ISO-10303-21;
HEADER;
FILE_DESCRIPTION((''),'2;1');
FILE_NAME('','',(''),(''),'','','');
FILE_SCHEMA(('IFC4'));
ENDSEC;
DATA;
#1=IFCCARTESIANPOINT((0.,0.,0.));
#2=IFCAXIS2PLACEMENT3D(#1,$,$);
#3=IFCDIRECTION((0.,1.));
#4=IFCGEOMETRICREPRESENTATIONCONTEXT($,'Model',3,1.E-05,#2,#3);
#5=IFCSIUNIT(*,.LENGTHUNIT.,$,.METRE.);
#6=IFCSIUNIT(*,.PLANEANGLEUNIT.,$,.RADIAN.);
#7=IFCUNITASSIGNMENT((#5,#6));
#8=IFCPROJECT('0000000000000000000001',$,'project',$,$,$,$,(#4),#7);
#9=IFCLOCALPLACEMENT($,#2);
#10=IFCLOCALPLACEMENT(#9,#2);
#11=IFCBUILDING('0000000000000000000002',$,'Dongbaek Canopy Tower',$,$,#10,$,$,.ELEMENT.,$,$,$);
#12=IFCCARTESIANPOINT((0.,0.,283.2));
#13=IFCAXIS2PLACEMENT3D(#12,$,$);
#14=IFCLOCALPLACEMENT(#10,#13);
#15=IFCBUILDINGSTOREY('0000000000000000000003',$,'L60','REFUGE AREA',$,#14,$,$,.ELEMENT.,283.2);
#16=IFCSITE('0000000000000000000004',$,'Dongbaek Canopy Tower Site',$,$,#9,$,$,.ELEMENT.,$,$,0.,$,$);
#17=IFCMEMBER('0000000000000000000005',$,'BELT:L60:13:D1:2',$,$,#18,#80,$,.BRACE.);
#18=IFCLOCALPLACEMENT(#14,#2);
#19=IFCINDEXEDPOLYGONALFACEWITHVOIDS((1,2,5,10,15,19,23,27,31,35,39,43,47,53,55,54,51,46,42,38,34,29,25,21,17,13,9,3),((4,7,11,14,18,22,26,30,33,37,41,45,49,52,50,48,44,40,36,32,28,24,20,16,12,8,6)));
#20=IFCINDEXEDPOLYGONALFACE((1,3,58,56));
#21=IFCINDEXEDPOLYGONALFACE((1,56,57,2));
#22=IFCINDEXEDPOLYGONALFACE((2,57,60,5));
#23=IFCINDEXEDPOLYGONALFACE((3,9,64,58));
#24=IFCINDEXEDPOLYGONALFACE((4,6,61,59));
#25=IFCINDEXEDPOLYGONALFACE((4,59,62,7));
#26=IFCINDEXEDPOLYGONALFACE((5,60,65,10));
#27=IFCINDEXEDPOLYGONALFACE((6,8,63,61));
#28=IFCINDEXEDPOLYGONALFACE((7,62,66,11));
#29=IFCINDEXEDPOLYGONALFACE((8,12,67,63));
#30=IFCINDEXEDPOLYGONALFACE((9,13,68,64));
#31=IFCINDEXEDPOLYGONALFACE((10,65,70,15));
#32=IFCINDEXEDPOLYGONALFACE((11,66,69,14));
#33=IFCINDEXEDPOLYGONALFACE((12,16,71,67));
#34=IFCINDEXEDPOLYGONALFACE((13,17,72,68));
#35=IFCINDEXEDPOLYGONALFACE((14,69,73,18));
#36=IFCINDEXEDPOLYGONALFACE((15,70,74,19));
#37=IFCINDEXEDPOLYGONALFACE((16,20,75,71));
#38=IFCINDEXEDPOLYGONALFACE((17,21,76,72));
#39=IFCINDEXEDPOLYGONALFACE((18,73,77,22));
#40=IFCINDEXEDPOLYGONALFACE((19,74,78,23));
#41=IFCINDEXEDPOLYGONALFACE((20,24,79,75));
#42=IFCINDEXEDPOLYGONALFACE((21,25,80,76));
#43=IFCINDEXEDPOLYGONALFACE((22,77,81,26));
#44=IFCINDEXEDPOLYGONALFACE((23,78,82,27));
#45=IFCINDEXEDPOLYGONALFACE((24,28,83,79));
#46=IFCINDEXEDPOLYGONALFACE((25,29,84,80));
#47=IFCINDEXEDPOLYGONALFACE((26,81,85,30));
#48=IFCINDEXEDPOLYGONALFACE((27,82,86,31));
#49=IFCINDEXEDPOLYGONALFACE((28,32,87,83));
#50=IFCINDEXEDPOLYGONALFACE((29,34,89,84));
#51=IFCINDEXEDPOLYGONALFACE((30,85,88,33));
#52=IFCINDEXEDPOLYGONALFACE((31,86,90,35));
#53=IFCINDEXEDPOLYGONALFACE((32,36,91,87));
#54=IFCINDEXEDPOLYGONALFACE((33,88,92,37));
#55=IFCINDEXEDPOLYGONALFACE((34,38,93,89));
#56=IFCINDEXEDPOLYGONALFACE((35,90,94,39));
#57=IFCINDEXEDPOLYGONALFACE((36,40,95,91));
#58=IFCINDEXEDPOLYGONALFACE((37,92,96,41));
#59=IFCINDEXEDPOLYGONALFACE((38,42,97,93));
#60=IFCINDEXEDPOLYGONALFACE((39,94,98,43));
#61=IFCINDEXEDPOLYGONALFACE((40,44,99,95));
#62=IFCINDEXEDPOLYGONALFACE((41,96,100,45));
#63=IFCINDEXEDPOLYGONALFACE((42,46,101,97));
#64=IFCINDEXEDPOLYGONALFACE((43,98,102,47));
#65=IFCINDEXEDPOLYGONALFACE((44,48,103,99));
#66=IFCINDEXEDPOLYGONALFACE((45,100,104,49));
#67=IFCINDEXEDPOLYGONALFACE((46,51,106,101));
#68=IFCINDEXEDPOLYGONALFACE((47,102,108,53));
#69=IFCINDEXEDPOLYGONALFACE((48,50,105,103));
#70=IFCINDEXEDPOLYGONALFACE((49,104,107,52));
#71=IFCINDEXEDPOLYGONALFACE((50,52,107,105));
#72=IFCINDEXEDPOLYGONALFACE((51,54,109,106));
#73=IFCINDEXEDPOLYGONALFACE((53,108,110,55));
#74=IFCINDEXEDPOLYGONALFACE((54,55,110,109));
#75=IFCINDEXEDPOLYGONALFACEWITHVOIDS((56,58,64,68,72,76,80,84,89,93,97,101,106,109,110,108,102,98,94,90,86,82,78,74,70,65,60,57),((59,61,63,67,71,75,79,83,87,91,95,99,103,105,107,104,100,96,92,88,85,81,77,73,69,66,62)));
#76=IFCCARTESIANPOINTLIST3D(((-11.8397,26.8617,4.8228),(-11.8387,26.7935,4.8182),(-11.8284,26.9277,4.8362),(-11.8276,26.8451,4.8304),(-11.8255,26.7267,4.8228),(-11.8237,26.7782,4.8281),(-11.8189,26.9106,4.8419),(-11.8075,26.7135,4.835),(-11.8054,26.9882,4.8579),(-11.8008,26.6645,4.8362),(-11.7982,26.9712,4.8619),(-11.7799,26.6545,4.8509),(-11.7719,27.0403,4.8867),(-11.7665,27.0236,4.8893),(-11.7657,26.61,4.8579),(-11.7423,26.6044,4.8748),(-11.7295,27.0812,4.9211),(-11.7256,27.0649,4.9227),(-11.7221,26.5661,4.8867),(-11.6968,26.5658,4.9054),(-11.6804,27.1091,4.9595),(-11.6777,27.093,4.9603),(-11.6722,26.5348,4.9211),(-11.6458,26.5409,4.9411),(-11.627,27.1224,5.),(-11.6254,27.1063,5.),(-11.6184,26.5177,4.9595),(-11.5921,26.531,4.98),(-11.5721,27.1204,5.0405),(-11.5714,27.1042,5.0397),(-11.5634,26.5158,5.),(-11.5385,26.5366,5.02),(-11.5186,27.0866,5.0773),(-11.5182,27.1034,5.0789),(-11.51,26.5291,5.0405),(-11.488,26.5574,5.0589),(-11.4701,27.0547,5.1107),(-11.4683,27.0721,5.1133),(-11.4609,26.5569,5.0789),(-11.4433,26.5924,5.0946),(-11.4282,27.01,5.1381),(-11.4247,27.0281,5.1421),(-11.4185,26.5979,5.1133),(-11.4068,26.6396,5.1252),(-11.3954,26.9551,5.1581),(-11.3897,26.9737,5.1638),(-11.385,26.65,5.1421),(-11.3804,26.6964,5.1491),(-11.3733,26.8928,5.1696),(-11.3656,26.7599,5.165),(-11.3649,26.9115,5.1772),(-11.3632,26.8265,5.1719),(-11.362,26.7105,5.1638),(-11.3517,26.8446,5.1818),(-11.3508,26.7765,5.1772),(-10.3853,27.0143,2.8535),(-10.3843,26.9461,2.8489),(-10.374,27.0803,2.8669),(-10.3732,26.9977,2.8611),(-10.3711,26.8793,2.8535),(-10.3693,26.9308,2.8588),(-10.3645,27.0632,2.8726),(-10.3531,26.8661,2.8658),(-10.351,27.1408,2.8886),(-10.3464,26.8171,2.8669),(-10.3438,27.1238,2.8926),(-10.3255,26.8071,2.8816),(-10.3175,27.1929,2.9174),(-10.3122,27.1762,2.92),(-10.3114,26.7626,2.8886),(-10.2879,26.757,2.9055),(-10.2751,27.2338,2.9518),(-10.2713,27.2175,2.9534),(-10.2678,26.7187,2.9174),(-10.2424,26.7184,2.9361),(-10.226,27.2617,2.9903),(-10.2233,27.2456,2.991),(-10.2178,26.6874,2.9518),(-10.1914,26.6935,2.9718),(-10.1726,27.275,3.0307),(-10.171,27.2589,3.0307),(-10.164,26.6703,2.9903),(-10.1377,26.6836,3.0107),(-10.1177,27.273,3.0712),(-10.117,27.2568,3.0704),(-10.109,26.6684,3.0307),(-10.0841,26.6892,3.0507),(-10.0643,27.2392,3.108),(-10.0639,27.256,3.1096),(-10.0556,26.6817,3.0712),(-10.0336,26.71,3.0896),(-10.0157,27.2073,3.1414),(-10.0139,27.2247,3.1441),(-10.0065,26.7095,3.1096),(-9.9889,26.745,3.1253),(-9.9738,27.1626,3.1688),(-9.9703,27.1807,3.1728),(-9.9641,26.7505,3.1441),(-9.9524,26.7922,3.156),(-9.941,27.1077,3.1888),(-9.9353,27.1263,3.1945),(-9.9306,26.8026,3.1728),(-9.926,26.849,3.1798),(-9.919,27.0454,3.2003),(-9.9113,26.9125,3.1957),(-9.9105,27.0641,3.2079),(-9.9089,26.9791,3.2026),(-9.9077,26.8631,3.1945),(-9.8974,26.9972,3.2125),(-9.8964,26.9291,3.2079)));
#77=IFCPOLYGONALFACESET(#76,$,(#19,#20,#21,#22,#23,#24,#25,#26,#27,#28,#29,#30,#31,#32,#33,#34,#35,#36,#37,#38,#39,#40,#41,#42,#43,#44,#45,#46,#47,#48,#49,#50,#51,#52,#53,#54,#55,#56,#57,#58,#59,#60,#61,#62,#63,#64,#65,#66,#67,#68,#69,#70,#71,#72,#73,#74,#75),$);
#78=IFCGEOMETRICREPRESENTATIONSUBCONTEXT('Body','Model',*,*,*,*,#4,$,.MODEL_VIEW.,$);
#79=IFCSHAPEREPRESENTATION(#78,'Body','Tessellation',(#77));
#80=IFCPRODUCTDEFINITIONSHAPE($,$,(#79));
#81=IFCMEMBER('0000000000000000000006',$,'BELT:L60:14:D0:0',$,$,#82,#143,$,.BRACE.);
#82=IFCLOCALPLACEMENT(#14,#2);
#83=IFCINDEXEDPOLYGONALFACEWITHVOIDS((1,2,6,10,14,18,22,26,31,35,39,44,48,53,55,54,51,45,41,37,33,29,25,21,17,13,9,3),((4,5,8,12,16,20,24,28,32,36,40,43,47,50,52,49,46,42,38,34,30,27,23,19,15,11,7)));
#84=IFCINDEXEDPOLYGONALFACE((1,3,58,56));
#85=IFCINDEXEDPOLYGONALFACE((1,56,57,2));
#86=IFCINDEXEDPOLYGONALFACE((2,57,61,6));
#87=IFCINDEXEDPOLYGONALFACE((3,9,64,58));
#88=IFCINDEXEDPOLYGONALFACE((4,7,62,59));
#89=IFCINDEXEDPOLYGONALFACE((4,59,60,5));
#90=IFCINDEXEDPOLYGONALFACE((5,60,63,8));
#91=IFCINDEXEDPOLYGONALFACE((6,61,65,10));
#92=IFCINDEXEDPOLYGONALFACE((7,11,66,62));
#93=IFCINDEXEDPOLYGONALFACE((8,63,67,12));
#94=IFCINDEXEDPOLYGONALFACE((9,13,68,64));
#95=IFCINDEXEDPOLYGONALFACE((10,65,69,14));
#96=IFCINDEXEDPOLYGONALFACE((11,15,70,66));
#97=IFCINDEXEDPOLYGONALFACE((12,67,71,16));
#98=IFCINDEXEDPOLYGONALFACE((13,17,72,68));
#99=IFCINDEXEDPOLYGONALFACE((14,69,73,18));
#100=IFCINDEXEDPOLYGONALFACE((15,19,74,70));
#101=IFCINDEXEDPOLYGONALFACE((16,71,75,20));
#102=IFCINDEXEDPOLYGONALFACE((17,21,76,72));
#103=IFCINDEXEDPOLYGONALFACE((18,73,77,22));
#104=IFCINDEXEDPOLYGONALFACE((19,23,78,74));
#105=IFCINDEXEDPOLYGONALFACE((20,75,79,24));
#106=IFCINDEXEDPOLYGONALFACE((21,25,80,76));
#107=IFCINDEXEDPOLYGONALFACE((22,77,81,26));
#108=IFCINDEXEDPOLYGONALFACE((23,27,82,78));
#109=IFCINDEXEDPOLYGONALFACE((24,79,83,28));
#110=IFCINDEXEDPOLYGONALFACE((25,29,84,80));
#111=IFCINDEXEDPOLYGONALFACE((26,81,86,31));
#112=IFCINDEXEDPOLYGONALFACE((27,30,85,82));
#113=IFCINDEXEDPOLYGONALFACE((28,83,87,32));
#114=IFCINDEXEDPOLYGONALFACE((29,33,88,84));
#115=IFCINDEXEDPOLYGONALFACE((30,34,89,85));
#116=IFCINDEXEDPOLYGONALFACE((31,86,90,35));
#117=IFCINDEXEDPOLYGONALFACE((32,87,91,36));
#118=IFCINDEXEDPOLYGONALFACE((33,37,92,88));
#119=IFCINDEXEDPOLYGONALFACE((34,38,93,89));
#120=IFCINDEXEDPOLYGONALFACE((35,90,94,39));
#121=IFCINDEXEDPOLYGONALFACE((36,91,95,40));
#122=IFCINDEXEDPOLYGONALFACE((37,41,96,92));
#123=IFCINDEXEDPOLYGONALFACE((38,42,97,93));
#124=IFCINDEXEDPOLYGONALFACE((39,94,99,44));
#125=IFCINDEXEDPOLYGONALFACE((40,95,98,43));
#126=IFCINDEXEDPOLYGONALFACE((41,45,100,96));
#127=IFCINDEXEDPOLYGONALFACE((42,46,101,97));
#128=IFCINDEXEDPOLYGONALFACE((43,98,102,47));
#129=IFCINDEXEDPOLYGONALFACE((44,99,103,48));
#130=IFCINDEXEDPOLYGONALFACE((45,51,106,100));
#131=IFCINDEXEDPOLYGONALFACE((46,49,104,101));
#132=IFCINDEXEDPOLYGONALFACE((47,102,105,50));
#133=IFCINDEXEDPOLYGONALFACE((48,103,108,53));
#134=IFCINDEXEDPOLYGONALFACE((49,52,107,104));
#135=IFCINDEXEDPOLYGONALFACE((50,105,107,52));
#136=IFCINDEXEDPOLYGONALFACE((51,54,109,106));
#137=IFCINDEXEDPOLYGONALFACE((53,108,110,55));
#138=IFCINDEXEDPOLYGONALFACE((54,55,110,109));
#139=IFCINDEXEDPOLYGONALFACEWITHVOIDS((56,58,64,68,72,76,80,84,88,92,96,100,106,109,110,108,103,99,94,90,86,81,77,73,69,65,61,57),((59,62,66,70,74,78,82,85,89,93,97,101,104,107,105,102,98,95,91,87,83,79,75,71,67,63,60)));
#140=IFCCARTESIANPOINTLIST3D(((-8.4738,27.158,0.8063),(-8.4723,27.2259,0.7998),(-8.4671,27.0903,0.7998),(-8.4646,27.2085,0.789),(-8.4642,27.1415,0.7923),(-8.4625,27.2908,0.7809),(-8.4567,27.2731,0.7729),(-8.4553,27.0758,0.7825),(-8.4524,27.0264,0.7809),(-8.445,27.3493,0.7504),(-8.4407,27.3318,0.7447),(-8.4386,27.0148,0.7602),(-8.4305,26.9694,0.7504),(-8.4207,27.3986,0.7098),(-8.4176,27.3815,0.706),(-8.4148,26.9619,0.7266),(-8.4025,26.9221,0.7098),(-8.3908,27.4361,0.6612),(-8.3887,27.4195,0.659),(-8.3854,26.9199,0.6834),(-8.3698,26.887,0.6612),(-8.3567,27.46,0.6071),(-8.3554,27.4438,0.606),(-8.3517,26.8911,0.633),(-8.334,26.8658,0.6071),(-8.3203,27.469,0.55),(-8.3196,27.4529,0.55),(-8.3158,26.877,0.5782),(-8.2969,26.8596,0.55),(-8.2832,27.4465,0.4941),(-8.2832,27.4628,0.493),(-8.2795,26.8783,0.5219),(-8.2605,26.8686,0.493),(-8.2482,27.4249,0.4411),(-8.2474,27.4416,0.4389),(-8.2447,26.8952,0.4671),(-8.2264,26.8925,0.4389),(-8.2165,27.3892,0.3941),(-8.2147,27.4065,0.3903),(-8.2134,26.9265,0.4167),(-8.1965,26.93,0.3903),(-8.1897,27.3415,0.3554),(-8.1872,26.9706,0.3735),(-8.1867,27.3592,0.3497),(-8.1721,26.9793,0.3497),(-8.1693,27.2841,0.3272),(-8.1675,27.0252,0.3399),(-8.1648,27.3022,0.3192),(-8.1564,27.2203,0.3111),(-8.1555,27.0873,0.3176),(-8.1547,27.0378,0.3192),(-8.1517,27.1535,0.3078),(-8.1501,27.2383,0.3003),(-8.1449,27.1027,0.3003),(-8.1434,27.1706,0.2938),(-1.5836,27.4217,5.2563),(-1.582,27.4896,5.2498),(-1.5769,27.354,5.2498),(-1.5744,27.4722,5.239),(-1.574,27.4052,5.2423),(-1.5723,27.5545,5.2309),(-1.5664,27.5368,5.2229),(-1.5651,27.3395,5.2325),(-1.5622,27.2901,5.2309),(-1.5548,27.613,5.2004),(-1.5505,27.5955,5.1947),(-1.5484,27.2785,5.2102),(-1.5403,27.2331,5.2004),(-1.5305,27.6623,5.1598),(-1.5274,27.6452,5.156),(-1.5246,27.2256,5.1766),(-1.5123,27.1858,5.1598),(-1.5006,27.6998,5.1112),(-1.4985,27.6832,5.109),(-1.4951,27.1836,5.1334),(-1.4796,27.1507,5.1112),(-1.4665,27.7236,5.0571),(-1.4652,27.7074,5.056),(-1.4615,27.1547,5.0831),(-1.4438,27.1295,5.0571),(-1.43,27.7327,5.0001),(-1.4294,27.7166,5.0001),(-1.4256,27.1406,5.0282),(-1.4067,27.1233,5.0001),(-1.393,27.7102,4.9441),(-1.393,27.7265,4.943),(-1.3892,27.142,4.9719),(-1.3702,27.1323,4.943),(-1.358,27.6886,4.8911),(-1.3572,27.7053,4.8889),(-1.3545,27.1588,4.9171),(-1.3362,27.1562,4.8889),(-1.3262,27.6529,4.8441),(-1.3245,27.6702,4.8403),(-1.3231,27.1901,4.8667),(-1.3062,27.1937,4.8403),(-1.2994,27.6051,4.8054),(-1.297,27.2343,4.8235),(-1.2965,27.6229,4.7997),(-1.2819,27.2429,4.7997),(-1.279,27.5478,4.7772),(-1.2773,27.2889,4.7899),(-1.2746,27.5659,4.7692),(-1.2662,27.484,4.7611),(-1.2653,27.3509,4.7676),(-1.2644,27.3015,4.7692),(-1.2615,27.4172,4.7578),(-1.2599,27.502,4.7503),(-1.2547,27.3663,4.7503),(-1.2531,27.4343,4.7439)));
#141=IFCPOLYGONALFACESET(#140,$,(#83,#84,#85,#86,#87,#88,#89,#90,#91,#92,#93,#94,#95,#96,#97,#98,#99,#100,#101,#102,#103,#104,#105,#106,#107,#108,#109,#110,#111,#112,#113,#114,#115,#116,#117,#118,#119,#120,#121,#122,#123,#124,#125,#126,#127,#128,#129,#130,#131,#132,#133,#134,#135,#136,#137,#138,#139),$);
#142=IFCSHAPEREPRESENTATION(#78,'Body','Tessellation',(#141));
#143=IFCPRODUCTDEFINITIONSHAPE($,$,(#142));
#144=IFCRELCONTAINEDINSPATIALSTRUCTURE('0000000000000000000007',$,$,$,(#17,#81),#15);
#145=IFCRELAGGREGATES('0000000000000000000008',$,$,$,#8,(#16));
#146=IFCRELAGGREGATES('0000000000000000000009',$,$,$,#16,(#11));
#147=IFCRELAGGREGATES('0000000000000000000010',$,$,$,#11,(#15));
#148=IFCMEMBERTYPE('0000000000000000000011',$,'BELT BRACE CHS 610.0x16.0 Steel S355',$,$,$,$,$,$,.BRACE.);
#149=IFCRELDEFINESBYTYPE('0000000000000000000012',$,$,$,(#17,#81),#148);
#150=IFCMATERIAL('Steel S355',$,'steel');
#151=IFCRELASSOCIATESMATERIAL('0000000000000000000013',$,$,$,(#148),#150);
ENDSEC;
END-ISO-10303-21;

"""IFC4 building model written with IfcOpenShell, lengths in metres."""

from ifc_helpers import new_model, si_unit, direction, frame, origin, origin_2d, place, context, subcontext, project, spatial, hollow_circle, extrude, material, material_profile, profile_set, type_object, element, save


model = new_model("IFC4")

# Units and contexts
model_context = context("Model", 3, precision=1e-05, world=origin(), true_north=direction((0.0, 1.0)))
body_context = subcontext(model_context, "Body", "Model", "MODEL_VIEW")
ifc_project = project(units=[si_unit("LENGTHUNIT", "METRE"), si_unit("PLANEANGLEUNIT", "RADIAN")], contexts=[model_context])

# Site, building, storey
site_placement = place(None, origin())
site = spatial("IfcSite", under=ifc_project, at=site_placement, Name="Dongbaek Canopy Tower Site", CompositionType="ELEMENT", RefElevation=0.0)
building_placement = place(site_placement, origin())
building = spatial("IfcBuilding", under=site, at=building_placement, Name="Dongbaek Canopy Tower", CompositionType="ELEMENT")
storey_placement = place(building_placement, frame((0.0, 0.0, 283.2)))
storey = spatial("IfcBuildingStorey", under=building, at=storey_placement, Name="L60", Description="REFUGE AREA", CompositionType="ELEMENT", Elevation=283.2)

# Members
ifc_material_1 = material(Name="Steel S355", Category="steel")
ifc_material_profile_1 = material_profile(ifc_material_1, hollow_circle(Radius=0.3049, WallThickness=0.0161, at=origin_2d()), Name="BELT BRACE CHS 610.0x16.0 Steel S355")
ifc_profile_set_1 = profile_set([ifc_material_profile_1], Name="Steel S355")
member_type_1 = type_object("IfcMemberType", Name="BELT BRACE CHS 610.0x16.0 Steel S355", PredefinedType="BRACE", material=ifc_profile_set_1)
for number, where, z_axis, x_axis, name in (
    (1, (-11.5952, 26.8191, 5.0), (0.592929, 0.062209, -0.802848), (-0.104346, 0.994541, 0.0), "BELT:L60:13:D1:2"),
):
    element("IfcMember", number, at=place(storey_placement, frame(where, z_axis=z_axis, x_axis=x_axis)), inside=storey, type_object=member_type_1, Name=name, PredefinedType="BRACE", context=body_context, shape_type="SweptSolid", body=[
        extrude(hollow_circle(Radius=0.3049, WallThickness=0.0161, at=origin_2d()), origin(), (0.0, 0.0, 1.0), 2.4529),
    ])
member_1_placement = place(storey_placement, frame((-8.3086, 27.1643, 0.55), z_axis=(0.839602, 0.03213, 0.542251), x_axis=(-0.03824, 0.999269, 0.0)))
element("IfcMember", 2, at=member_1_placement, inside=storey, type_object=member_type_1, Name="BELT:L60:14:D0:0", PredefinedType="BRACE", context=body_context, shape_type="SweptSolid", body=[
    extrude(hollow_circle(Radius=0.3049, WallThickness=0.0161, at=origin_2d()), origin(), (0.0, 0.0, 1.0), 8.2065),
])

save(model, "model.ifc")
